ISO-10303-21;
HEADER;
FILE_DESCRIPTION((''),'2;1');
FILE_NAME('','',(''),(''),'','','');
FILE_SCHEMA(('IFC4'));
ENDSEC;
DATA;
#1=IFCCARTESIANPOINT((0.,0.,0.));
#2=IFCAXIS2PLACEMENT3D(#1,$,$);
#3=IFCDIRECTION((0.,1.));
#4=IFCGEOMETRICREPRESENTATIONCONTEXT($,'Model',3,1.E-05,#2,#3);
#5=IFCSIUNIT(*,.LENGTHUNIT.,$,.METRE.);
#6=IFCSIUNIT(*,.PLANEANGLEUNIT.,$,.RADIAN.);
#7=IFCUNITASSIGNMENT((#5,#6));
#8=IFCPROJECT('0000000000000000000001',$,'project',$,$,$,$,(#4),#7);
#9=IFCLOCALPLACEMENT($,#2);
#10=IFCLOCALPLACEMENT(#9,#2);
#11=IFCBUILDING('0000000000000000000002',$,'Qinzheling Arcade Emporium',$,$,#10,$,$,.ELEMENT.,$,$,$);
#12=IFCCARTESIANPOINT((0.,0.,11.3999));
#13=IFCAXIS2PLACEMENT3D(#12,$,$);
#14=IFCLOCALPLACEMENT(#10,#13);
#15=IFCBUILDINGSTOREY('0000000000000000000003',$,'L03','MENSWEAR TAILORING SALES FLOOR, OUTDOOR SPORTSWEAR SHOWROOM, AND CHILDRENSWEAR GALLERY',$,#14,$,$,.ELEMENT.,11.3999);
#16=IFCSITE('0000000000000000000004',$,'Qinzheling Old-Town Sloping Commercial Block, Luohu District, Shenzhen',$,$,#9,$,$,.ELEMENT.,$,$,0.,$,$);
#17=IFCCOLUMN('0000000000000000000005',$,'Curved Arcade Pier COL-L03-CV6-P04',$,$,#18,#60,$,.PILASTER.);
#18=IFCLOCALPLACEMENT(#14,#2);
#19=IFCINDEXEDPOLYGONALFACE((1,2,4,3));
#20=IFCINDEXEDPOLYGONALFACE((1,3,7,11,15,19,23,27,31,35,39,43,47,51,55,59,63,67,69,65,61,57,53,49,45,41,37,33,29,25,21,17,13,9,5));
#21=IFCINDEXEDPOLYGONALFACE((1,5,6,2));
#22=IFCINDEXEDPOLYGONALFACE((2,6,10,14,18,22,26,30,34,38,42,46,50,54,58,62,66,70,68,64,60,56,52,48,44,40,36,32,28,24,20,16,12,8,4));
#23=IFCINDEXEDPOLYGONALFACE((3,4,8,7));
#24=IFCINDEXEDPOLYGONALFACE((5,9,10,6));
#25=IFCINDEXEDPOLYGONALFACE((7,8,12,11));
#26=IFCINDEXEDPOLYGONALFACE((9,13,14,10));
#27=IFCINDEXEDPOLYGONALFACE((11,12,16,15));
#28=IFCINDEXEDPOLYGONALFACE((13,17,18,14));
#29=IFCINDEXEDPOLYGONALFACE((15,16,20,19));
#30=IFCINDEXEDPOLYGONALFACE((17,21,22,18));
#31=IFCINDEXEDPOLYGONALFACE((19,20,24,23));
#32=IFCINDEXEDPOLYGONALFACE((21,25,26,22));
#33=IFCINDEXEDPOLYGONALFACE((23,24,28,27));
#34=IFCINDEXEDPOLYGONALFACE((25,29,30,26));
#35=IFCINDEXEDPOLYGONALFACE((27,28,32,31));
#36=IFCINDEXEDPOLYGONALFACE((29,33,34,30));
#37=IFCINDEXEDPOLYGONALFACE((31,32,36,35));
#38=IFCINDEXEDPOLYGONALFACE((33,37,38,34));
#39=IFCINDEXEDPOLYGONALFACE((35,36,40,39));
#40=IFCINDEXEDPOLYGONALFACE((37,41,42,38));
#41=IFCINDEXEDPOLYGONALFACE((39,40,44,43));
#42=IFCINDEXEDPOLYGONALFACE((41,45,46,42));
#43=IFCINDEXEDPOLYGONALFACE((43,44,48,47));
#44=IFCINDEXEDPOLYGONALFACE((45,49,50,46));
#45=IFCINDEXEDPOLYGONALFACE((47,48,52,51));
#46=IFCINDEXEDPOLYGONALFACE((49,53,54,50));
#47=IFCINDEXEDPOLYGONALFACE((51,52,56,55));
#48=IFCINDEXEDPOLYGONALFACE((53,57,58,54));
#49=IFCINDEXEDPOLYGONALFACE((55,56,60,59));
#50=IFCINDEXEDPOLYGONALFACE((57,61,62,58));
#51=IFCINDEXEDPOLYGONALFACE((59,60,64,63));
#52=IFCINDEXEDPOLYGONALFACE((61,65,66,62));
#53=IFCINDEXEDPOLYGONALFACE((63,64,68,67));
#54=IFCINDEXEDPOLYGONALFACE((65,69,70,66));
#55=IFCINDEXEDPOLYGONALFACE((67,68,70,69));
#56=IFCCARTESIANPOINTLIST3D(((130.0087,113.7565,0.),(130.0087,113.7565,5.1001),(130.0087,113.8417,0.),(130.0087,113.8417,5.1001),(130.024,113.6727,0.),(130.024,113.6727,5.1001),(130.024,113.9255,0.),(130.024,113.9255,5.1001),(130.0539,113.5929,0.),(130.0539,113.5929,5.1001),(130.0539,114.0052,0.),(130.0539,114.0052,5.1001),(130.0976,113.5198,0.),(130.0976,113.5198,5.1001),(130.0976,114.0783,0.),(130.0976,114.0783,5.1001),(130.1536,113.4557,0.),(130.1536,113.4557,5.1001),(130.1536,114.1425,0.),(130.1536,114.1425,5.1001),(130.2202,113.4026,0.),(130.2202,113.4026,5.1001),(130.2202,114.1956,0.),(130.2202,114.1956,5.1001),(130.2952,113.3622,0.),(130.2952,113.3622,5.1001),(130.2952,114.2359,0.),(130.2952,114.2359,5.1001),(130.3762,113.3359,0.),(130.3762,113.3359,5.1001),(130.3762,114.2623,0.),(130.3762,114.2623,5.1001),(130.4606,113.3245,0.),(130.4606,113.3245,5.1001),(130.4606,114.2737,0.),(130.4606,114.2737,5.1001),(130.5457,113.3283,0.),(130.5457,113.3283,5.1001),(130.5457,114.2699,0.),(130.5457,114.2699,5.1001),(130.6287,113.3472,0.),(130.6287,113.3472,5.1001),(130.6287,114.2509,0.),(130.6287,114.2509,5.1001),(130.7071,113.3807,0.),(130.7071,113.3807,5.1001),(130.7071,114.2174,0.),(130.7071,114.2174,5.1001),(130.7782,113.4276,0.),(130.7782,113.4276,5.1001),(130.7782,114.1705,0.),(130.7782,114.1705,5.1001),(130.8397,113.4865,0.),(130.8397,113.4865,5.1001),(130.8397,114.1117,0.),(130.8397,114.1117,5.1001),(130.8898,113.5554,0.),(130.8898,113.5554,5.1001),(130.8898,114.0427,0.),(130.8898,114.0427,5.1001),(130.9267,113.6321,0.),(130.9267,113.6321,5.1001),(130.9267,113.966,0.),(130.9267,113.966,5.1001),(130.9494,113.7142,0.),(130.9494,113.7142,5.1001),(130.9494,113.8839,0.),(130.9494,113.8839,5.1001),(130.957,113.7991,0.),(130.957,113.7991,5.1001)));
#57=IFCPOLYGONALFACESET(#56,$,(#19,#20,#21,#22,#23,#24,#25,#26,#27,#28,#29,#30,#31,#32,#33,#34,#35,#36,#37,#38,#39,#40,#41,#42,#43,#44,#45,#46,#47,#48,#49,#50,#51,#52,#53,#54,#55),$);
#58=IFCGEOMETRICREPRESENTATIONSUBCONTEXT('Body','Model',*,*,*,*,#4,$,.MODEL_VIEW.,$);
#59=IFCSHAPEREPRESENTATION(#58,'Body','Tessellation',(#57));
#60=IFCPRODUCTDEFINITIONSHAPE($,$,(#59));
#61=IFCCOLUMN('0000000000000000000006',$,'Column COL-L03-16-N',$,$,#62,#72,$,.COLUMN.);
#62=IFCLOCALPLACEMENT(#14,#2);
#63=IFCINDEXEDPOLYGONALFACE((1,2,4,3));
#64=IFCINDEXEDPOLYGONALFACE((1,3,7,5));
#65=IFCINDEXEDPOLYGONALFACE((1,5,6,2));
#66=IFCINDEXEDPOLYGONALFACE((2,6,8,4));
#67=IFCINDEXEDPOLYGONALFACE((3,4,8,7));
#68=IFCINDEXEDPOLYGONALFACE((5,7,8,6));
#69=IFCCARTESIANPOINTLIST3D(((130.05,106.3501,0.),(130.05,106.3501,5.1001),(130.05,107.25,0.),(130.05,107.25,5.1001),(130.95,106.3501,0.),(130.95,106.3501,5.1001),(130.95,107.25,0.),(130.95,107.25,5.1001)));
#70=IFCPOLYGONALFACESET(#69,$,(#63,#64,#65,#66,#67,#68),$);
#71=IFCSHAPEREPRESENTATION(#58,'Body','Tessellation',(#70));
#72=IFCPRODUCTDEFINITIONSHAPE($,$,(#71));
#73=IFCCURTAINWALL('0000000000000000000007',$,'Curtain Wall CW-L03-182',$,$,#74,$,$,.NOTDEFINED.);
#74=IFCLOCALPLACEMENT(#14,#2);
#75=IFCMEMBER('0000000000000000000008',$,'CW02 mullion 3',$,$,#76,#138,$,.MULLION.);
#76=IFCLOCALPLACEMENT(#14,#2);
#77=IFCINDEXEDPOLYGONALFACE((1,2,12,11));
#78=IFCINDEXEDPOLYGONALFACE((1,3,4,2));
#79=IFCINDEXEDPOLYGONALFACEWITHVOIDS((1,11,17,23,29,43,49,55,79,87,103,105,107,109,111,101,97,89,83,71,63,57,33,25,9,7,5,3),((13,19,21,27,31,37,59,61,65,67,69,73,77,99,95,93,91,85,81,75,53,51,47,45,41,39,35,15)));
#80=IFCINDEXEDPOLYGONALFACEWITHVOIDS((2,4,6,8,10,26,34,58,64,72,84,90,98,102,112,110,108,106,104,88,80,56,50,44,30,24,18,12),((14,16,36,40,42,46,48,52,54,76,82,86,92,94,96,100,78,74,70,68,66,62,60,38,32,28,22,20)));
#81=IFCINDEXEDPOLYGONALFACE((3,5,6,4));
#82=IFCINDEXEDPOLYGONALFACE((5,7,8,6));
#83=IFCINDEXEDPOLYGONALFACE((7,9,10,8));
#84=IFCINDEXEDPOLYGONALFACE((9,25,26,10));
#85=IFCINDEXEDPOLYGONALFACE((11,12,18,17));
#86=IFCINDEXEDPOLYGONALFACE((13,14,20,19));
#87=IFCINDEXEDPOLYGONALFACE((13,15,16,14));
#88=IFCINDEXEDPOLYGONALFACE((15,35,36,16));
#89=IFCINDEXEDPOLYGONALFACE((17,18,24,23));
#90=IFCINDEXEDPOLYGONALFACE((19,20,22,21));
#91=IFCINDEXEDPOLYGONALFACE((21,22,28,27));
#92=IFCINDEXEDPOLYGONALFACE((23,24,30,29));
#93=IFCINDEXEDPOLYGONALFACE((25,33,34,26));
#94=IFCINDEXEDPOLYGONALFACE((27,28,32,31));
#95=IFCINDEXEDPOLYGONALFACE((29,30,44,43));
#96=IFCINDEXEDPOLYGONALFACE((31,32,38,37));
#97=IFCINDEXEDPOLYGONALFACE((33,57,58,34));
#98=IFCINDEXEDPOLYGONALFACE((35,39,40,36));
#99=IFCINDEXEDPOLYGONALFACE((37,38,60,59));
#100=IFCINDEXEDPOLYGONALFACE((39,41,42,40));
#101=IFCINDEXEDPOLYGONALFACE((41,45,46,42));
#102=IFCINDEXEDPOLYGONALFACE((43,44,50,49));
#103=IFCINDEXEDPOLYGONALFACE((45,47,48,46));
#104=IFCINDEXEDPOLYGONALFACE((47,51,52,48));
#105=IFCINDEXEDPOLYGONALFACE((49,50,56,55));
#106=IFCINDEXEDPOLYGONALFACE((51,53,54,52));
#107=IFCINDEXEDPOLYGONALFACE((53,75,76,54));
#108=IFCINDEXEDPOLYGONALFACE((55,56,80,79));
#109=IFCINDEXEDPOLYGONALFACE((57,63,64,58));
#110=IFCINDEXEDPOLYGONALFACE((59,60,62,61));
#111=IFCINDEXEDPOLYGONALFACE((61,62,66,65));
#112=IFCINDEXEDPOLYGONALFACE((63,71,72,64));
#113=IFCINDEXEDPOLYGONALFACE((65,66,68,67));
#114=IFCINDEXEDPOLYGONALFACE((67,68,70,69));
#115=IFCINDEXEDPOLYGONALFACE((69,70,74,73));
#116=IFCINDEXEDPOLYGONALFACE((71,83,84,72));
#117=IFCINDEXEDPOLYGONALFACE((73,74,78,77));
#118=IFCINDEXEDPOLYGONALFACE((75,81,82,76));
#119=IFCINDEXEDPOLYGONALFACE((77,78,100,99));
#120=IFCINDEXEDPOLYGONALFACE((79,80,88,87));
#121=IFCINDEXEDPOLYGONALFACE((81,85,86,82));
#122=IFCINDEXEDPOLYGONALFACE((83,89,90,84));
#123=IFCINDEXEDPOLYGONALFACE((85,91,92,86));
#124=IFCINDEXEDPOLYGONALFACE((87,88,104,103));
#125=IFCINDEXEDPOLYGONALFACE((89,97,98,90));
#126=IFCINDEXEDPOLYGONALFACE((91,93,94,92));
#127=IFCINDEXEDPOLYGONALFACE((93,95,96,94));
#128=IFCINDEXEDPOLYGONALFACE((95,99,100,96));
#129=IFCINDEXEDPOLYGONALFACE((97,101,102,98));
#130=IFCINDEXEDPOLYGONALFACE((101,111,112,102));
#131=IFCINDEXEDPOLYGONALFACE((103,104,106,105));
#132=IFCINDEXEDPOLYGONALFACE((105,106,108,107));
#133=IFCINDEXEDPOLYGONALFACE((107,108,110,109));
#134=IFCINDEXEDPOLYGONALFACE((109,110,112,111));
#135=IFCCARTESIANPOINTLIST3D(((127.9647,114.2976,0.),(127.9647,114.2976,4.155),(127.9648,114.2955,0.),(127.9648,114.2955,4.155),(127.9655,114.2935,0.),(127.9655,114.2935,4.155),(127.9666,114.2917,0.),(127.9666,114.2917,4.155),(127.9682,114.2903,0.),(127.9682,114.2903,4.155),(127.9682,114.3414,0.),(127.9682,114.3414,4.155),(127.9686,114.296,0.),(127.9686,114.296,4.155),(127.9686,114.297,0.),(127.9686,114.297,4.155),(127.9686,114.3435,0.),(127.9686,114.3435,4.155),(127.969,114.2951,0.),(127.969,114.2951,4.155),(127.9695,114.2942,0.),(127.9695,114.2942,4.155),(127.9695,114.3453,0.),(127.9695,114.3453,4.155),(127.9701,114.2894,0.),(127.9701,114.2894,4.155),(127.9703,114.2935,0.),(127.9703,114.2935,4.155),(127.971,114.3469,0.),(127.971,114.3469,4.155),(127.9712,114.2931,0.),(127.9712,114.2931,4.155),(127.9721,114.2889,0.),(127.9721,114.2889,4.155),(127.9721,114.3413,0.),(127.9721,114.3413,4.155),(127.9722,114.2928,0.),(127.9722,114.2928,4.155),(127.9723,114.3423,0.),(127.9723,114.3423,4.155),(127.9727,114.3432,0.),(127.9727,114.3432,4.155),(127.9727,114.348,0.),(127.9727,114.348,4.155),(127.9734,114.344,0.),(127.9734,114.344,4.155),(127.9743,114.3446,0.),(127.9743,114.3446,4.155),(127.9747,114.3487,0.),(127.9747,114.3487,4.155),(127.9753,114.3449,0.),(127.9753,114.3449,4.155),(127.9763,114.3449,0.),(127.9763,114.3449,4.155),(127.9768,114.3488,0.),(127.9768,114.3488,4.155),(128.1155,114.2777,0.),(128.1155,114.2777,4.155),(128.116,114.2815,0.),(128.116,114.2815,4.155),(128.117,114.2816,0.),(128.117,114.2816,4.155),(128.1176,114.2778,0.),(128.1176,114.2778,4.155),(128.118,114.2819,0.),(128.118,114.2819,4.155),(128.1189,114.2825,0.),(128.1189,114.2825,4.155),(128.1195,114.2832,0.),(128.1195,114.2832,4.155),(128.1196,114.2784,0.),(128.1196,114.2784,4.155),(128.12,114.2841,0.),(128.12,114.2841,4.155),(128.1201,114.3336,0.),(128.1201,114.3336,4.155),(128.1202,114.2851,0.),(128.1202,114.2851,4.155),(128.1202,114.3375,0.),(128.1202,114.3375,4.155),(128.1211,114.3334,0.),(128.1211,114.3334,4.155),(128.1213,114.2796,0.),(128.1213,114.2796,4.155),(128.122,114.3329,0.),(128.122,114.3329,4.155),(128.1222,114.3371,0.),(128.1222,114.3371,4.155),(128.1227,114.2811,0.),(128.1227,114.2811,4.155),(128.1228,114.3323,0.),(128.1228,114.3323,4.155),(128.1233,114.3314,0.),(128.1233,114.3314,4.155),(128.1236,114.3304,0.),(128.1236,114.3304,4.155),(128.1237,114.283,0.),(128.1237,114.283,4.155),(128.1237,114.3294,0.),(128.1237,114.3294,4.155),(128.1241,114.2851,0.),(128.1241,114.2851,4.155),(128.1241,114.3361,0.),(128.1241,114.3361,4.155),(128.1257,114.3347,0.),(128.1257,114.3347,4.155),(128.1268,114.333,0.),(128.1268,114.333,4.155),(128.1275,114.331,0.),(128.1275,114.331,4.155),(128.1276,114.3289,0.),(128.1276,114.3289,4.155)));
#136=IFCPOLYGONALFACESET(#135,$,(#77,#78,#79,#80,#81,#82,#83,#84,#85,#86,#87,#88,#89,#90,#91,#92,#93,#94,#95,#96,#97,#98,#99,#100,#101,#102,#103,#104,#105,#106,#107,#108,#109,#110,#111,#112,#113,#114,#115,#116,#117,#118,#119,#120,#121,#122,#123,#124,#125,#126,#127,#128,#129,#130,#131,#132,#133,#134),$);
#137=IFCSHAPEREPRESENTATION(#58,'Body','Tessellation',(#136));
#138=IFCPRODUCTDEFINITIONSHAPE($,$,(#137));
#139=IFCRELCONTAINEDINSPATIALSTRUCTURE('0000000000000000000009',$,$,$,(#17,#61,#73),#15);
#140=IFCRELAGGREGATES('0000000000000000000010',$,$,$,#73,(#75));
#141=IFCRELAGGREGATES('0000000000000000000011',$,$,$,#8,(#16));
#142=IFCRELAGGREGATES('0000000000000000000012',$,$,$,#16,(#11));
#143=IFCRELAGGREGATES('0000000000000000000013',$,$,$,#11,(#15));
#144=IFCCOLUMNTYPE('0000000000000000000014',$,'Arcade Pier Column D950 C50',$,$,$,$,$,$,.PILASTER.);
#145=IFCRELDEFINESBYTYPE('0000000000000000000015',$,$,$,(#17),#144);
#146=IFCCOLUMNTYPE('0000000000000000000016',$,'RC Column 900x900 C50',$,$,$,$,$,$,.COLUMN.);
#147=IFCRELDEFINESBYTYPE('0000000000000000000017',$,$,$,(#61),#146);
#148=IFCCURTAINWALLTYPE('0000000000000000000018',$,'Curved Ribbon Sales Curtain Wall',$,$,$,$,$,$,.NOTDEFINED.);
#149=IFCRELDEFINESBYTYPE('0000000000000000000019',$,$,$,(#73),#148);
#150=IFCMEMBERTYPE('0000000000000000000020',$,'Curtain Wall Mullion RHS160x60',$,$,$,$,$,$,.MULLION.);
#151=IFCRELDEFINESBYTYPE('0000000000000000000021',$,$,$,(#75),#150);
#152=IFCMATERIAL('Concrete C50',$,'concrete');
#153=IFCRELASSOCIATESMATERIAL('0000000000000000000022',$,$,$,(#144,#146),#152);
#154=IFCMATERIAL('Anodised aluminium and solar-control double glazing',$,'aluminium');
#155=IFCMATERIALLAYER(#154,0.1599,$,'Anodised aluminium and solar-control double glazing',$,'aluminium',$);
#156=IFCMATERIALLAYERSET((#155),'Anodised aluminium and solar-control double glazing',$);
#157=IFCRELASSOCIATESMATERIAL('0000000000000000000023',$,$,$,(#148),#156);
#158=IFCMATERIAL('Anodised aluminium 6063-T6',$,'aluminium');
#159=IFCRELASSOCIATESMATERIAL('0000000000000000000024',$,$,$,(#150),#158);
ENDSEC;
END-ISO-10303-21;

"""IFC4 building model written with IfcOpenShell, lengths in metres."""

from ifc_helpers import new_model, si_unit, direction, frame, origin, origin_2d, place, context, subcontext, project, spatial, rectangle, hollow_rectangle, circle, extrude, material, layer, layer_set, material_profile, profile_set, type_object, element, aggregate, save


model = new_model("IFC4")

# Units and contexts
model_context = context("Model", 3, precision=1e-05, world=origin(), true_north=direction((0.0, 1.0)))
body_context = subcontext(model_context, "Body", "Model", "MODEL_VIEW")
ifc_project = project(units=[si_unit("LENGTHUNIT", "METRE"), si_unit("PLANEANGLEUNIT", "RADIAN")], contexts=[model_context])

# Site, building, storey
site_placement = place(None, origin())
site = spatial("IfcSite", under=ifc_project, at=site_placement, Name="Qinzheling Old-Town Sloping Commercial Block, Luohu District, Shenzhen", CompositionType="ELEMENT", RefElevation=0.0)
building_placement = place(site_placement, origin())
building = spatial("IfcBuilding", under=site, at=building_placement, Name="Qinzheling Arcade Emporium", CompositionType="ELEMENT")
storey_placement = place(building_placement, frame((0.0, 0.0, 11.3999)))
storey = spatial("IfcBuildingStorey", under=building, at=storey_placement, Name="L03", Description="MENSWEAR TAILORING SALES FLOOR, OUTDOOR SPORTSWEAR SHOWROOM, AND CHILDRENSWEAR GALLERY", CompositionType="ELEMENT", Elevation=11.3999)

# Columns
ifc_material_1 = material(Name="Concrete C50", Category="concrete")
ifc_material_profile_1 = material_profile(ifc_material_1, circle(Radius=0.4751, at=origin_2d()), Name="RC D950", Category="concrete")
ifc_profile_set_1 = profile_set([ifc_material_profile_1], Name="Concrete C50")
column_type_1 = type_object("IfcColumnType", Name="Arcade Pier Column D950 C50", PredefinedType="PILASTER", material=ifc_profile_set_1)
column_1_placement = place(storey_placement, frame((130.4819, 113.7991, 0.0), z_axis=(0.0, 0.0, 1.0), x_axis=(1.0, 0.0, 0.0)))
element("IfcColumn", 1, at=column_1_placement, inside=storey, type_object=column_type_1, Name="Curved Arcade Pier COL-L03-CV6-P04", PredefinedType="PILASTER", context=body_context, shape_type="SweptSolid", body=[
    extrude(circle(Radius=0.4751, at=origin_2d()), origin(), (0.0, 0.0, 1.0), 5.1001),
])
ifc_material_profile_2 = material_profile(ifc_material_1, rectangle(XDim=0.8999, YDim=0.8999, at=origin_2d()), Name="RC 900x900", Category="concrete")
ifc_profile_set_2 = profile_set([ifc_material_profile_2], Name="Concrete C50")
column_type_2 = type_object("IfcColumnType", Name="RC Column 900x900 C50", PredefinedType="COLUMN", material=ifc_profile_set_2)
column_2_placement = place(storey_placement, frame((130.5, 106.8, 0.0), z_axis=(0.0, 0.0, 1.0), x_axis=(1.0, 0.0, 0.0)))
element("IfcColumn", 2, at=column_2_placement, inside=storey, type_object=column_type_2, Name="Column COL-L03-16-N", PredefinedType="COLUMN", context=body_context, shape_type="SweptSolid", body=[
    extrude(rectangle(XDim=0.8999, YDim=0.8999, at=origin_2d()), origin(), (0.0, 0.0, 1.0), 5.1001),
])

# Curtain wall, member
ifc_material_2 = material(Name="Anodised aluminium and solar-control double glazing", Category="aluminium")
ifc_layer_1 = layer(ifc_material_2, 0.1599, Name="Anodised aluminium and solar-control double glazing", Category="aluminium")
ifc_layer_set_1 = layer_set([ifc_layer_1], Name="Anodised aluminium and solar-control double glazing")
curtain_wall_type = type_object("IfcCurtainWallType", Name="Curved Ribbon Sales Curtain Wall", PredefinedType="NOTDEFINED", material=ifc_layer_set_1)
curtain_wall_1_placement = place(storey_placement, origin())
curtain_wall_1 = element("IfcCurtainWall", 3, at=curtain_wall_1_placement, inside=storey, type_object=curtain_wall_type, Name="Curtain Wall CW-L03-182", PredefinedType="NOTDEFINED")
ifc_material_3 = material(Name="Anodised aluminium 6063-T6", Category="aluminium")
ifc_material_profile_3 = material_profile(ifc_material_3, hollow_rectangle(XDim=0.0601, YDim=0.1599, WallThickness=0.0039, InnerFilletRadius=0.0039, OuterFilletRadius=0.0081, at=origin_2d()), Name="RHS 160x60x4", Category="aluminium")
ifc_profile_set_3 = profile_set([ifc_material_profile_3], Name="Anodised aluminium 6063-T6")
member_type_1 = type_object("IfcMemberType", Name="Curtain Wall Mullion RHS160x60", PredefinedType="MULLION", material=ifc_profile_set_3)
member_1_placement = place(storey_placement, frame((128.0461, 114.3132, 0.0), z_axis=(0.0, 0.0, 1.0), x_axis=(0.078376, 0.996924, 0.0)))
member_1 = element("IfcMember", 4, at=member_1_placement, type_object=member_type_1, Name="CW02 mullion 3", PredefinedType="MULLION", context=body_context, shape_type="SweptSolid", body=[
    extrude(hollow_rectangle(XDim=0.0601, YDim=0.1599, WallThickness=0.0039, InnerFilletRadius=0.0039, OuterFilletRadius=0.0081, at=origin_2d()), origin(), (0.0, 0.0, 1.0), 4.155),
])

aggregate(curtain_wall_1, [member_1])

save(model, "model.ifc")
